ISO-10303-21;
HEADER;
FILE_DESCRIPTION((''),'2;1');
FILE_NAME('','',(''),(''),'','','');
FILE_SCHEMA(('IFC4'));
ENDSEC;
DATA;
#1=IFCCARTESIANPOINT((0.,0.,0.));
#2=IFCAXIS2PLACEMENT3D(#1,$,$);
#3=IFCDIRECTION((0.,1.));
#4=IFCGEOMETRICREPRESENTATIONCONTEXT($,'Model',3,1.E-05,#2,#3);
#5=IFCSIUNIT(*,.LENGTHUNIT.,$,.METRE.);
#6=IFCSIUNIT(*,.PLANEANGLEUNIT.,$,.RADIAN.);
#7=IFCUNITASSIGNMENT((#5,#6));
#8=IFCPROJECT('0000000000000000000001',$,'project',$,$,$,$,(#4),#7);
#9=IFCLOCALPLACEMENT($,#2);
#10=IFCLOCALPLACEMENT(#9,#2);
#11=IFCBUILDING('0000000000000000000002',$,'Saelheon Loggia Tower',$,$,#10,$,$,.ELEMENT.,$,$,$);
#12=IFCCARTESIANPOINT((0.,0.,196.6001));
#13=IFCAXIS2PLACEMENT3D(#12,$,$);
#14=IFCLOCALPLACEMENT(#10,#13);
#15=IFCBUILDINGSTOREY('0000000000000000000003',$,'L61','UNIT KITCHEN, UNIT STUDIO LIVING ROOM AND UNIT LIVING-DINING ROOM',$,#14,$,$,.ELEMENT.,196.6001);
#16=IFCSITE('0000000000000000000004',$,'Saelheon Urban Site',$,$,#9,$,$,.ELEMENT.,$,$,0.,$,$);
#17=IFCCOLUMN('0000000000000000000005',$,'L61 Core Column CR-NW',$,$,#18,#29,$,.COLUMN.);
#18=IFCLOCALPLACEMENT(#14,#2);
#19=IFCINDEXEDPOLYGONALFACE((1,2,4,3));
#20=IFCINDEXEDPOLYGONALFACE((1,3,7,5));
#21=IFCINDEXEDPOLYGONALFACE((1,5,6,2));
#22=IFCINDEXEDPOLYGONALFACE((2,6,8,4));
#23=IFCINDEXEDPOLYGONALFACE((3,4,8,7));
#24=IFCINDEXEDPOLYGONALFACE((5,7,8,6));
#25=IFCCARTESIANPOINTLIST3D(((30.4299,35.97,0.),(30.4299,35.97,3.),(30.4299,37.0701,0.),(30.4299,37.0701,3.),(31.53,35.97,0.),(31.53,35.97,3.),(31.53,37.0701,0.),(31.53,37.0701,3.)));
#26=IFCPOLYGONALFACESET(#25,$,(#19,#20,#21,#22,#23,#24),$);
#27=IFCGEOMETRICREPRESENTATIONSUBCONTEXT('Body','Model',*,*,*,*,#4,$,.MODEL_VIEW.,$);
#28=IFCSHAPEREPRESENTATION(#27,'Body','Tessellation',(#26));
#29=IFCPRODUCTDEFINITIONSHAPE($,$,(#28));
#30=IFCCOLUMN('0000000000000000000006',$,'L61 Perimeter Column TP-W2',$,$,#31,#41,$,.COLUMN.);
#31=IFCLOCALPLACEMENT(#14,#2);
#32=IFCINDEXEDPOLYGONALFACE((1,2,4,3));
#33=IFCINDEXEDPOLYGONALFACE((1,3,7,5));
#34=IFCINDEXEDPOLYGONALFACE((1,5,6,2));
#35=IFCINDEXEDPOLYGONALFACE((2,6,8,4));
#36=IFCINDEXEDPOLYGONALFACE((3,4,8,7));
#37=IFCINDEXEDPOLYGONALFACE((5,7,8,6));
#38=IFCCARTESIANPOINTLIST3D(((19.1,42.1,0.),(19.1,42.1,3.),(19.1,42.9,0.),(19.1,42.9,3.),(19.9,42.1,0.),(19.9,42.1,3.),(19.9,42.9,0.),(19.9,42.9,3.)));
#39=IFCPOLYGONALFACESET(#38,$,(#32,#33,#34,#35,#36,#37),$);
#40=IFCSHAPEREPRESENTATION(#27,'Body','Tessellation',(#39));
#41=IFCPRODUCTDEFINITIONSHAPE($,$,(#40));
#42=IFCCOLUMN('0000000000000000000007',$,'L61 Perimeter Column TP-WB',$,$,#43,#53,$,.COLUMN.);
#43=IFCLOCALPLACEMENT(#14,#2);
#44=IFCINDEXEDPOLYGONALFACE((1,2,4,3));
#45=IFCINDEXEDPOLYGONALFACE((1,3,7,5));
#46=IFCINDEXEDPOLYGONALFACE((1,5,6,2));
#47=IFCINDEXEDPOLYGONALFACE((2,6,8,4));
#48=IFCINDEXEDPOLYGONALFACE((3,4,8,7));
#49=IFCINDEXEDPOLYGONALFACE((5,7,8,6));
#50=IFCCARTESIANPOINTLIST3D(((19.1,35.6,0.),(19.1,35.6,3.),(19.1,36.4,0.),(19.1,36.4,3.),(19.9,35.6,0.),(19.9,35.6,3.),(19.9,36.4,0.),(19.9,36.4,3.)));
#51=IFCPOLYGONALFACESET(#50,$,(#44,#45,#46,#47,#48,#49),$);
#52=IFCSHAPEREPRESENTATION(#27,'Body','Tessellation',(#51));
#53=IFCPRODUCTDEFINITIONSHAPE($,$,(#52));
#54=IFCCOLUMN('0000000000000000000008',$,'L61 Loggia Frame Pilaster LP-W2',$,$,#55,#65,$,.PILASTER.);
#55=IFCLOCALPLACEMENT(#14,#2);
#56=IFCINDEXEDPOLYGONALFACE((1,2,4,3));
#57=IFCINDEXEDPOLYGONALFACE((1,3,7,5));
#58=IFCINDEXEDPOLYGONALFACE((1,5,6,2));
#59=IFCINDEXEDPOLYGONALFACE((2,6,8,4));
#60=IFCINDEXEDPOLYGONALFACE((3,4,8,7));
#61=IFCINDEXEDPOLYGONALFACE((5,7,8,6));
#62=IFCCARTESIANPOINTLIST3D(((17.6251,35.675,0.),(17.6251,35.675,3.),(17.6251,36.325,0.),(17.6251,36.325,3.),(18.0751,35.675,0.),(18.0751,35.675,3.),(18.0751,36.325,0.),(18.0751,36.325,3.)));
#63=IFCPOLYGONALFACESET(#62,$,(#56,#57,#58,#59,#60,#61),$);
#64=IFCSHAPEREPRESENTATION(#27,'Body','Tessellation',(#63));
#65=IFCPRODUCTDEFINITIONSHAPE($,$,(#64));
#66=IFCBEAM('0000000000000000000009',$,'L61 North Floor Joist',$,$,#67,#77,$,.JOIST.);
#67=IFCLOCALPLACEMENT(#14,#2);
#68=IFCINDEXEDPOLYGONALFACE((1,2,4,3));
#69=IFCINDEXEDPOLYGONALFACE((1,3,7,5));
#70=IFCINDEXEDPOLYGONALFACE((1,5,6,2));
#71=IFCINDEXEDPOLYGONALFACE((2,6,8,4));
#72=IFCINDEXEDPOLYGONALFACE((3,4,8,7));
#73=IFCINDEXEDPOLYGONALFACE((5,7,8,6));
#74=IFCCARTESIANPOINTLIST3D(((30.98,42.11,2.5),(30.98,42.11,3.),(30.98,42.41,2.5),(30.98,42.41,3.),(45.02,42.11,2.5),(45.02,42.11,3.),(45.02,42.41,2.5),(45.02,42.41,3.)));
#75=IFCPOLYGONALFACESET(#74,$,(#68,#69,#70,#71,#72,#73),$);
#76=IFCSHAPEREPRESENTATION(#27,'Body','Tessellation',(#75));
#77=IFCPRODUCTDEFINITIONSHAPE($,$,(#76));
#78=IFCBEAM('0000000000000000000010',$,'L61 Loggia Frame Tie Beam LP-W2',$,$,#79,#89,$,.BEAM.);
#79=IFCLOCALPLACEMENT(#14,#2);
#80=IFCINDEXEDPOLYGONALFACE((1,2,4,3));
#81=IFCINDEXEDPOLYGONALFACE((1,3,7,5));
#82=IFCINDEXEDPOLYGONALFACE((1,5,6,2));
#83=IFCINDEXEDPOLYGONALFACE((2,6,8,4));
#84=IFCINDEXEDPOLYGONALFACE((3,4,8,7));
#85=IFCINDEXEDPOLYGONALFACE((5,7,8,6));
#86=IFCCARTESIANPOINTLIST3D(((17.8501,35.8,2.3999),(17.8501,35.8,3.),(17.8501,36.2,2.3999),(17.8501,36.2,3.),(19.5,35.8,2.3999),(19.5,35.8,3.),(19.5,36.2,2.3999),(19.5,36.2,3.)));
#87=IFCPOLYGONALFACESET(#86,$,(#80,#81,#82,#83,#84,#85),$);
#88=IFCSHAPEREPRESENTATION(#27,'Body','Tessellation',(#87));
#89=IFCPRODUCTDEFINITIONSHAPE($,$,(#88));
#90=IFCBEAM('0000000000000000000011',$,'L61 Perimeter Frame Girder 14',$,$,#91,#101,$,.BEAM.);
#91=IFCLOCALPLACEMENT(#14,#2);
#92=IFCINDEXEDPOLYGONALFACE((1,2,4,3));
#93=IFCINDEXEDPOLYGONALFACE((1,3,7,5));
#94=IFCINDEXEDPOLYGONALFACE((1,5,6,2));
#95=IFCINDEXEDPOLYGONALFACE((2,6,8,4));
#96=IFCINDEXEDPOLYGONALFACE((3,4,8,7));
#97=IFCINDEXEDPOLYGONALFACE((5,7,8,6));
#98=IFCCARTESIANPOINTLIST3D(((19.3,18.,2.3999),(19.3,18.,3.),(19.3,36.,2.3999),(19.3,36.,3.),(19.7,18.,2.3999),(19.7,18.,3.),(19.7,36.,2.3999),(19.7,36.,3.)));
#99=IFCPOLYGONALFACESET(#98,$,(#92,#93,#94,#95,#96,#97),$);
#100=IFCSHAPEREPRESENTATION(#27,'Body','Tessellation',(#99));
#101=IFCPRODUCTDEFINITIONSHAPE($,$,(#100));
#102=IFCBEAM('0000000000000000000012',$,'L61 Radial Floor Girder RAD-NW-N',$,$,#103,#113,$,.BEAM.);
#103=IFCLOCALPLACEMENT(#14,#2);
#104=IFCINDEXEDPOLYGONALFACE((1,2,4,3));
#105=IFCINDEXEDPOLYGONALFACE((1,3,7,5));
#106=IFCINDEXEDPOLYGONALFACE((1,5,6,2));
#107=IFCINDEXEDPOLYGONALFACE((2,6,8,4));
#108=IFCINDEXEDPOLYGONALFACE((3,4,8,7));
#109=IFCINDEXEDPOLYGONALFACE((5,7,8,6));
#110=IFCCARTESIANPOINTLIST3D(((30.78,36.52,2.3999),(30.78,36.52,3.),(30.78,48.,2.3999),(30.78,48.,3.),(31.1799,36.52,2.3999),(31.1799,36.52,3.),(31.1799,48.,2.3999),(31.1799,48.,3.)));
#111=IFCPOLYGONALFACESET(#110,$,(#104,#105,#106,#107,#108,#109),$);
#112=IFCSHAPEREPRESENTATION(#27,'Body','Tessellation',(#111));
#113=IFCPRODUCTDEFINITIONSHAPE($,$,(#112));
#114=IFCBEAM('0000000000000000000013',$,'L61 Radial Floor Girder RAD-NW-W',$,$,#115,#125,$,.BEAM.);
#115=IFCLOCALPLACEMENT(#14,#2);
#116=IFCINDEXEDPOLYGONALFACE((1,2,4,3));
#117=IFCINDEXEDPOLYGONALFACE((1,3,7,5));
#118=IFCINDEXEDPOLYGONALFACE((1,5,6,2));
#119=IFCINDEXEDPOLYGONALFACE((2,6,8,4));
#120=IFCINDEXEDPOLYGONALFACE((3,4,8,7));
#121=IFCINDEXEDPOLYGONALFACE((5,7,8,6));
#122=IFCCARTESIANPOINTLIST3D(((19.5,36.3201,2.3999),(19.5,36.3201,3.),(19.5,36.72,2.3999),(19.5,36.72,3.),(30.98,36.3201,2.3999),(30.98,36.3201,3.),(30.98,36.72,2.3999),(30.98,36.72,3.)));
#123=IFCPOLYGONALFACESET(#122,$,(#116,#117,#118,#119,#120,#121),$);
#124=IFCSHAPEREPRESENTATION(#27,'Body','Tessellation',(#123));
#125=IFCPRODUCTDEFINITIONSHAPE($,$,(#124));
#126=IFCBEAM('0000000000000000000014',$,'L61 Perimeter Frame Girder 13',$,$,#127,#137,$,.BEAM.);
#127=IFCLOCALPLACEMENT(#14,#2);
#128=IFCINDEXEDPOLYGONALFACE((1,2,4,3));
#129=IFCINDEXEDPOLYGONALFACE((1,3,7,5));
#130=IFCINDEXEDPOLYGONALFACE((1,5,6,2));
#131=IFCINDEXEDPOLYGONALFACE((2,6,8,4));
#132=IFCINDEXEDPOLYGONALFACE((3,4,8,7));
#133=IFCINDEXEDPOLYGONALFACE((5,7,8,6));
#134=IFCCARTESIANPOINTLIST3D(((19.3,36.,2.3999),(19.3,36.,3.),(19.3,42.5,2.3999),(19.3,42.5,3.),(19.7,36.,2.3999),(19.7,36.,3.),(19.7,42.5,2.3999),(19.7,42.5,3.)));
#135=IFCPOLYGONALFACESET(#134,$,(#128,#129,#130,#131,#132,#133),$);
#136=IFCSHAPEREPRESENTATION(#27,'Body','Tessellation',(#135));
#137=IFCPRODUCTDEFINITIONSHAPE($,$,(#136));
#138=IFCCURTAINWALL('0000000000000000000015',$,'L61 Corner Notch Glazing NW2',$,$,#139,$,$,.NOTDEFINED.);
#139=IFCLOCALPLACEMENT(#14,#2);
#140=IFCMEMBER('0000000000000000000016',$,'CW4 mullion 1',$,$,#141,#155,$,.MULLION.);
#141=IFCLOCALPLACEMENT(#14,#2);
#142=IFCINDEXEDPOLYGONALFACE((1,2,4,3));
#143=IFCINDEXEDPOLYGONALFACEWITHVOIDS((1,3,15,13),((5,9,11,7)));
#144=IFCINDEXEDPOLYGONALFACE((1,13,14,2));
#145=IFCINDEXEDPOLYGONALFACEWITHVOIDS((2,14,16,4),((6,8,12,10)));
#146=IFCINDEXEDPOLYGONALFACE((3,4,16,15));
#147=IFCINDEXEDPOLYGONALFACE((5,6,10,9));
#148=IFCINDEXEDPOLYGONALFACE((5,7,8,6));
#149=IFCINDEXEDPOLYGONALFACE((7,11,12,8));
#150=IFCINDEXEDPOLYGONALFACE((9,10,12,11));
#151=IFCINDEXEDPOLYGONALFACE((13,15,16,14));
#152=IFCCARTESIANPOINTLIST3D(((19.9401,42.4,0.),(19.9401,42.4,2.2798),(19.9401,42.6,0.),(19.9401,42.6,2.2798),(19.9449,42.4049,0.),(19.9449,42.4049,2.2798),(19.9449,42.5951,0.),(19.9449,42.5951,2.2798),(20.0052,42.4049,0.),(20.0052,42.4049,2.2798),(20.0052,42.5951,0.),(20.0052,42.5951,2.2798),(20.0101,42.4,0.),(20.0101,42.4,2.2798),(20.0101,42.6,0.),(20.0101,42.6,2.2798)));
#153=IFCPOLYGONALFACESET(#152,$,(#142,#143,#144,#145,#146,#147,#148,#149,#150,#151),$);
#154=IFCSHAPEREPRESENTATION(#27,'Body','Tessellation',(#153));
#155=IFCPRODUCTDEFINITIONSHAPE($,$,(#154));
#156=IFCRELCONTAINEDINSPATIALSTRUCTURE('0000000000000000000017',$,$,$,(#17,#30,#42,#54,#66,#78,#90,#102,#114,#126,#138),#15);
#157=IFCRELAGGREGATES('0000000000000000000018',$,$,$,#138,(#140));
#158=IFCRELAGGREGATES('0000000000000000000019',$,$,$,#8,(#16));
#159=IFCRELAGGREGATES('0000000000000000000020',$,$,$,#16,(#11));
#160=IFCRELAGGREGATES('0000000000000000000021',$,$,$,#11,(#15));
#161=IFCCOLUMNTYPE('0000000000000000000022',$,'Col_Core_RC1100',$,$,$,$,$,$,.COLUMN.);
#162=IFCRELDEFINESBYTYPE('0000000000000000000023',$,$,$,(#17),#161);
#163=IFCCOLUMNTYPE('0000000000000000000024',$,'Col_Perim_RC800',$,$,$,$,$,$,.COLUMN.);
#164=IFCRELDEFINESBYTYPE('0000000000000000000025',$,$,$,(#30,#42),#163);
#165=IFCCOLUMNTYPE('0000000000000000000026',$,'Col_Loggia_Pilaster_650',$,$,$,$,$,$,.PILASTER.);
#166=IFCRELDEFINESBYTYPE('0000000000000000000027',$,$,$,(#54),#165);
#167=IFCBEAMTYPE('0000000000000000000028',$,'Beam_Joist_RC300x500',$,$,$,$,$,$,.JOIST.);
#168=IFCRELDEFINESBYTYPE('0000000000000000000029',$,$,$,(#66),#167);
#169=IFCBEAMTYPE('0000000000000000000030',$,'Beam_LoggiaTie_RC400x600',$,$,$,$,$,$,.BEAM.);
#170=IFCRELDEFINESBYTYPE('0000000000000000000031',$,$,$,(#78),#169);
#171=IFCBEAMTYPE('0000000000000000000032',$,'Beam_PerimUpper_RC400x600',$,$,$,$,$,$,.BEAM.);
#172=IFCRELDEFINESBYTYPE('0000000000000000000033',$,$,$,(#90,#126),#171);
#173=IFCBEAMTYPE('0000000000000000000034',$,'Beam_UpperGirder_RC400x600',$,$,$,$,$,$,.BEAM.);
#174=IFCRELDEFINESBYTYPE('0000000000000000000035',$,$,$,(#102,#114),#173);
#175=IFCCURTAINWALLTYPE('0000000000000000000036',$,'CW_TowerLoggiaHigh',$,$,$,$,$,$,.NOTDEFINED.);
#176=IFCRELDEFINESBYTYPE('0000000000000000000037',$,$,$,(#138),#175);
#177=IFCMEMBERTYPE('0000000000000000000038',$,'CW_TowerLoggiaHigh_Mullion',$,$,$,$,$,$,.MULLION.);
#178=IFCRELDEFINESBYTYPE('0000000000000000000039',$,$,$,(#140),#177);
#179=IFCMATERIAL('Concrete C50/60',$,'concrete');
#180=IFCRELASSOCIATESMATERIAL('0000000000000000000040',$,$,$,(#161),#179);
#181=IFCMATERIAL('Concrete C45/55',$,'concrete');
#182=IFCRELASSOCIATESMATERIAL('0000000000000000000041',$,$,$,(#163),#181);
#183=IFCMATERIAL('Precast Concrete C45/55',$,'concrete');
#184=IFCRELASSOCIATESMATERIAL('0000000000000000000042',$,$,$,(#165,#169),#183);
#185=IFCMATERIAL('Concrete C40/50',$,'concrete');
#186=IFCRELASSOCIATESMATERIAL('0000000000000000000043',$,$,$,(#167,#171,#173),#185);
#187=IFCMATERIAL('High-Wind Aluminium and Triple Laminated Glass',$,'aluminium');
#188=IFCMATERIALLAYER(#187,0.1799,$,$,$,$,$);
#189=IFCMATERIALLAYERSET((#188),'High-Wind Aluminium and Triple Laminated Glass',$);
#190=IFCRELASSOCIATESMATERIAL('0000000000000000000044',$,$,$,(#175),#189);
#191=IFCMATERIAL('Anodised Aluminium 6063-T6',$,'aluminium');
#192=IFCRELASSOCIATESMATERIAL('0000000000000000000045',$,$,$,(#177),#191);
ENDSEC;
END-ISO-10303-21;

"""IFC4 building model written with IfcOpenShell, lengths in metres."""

from ifc_helpers import new_model, si_unit, direction, frame, origin, origin_2d, place, context, subcontext, project, spatial, rectangle, hollow_rectangle, extrude, source, transform, mapped, material, layer, layer_set, material_profile, profile_set, type_object, element, aggregate, save


model = new_model("IFC4")

# Units and contexts
model_context = context("Model", 3, precision=1e-05, world=origin(), true_north=direction((0.0, 1.0)))
body_context = subcontext(model_context, "Body", "Model", "MODEL_VIEW")
ifc_project = project(units=[si_unit("LENGTHUNIT", "METRE"), si_unit("PLANEANGLEUNIT", "RADIAN")], contexts=[model_context])

# Site, building, storey
site_placement = place(None, origin())
site = spatial("IfcSite", under=ifc_project, at=site_placement, Name="Saelheon Urban Site", CompositionType="ELEMENT", RefElevation=0.0)
building_placement = place(site_placement, origin())
building = spatial("IfcBuilding", under=site, at=building_placement, Name="Saelheon Loggia Tower", CompositionType="ELEMENT")
storey_placement = place(building_placement, frame((0.0, 0.0, 196.6001)))
storey = spatial("IfcBuildingStorey", under=building, at=storey_placement, Name="L61", Description="UNIT KITCHEN, UNIT STUDIO LIVING ROOM AND UNIT LIVING-DINING ROOM", CompositionType="ELEMENT", Elevation=196.6001)

# Columns
ifc_material_1 = material(Name="Concrete C50/60", Category="concrete")
ifc_material_profile_1 = material_profile(ifc_material_1, rectangle(XDim=1.1001, YDim=1.1001, at=origin_2d()), Name="RC-1100x1100")
ifc_profile_set_1 = profile_set([ifc_material_profile_1], Name="Concrete C50/60")
column_type_1 = type_object("IfcColumnType", Name="Col_Core_RC1100", PredefinedType="COLUMN", material=ifc_profile_set_1)
shared_shape_1 = source(origin(), body_context, "Body", "SweptSolid", [
    extrude(rectangle(XDim=1.1001, YDim=1.1001, at=origin_2d()), origin(), (0.0, 0.0, 1.0), 3.0),
])
column_1_placement = place(storey_placement, frame((30.98, 36.52, 0.0), z_axis=(0.0, 0.0, 1.0), x_axis=(1.0, 0.0, 0.0)))
element("IfcColumn", 1, at=column_1_placement, inside=storey, type_object=column_type_1, Name="L61 Core Column CR-NW", PredefinedType="COLUMN", context=body_context, shape_type="MappedRepresentation", body=[
    mapped(shared_shape_1, transform((0.0, 0.0, 0.0), scale=1.0)),
])
ifc_material_2 = material(Name="Concrete C45/55", Category="concrete")
ifc_material_profile_2 = material_profile(ifc_material_2, rectangle(XDim=0.8, YDim=0.8, at=origin_2d()), Name="RC-800x800")
ifc_profile_set_2 = profile_set([ifc_material_profile_2], Name="Concrete C45/55")
column_type_2 = type_object("IfcColumnType", Name="Col_Perim_RC800", PredefinedType="COLUMN", material=ifc_profile_set_2)
shared_shape_2 = source(origin(), body_context, "Body", "SweptSolid", [
    extrude(rectangle(XDim=0.8, YDim=0.8, at=origin_2d()), origin(), (0.0, 0.0, 1.0), 3.0),
])
for number, where, z_axis, x_axis, name in (
    (2, (19.5, 42.5, 0.0), (0.0, 0.0, 1.0), (1.0, 0.0, 0.0), "L61 Perimeter Column TP-W2"),
    (3, (19.5, 36.0, 0.0), (0.0, 0.0, 1.0), (1.0, 0.0, 0.0), "L61 Perimeter Column TP-WB"),
):
    element("IfcColumn", number, at=place(storey_placement, frame(where, z_axis=z_axis, x_axis=x_axis)), inside=storey, type_object=column_type_2, Name=name, PredefinedType="COLUMN", context=body_context, shape_type="MappedRepresentation", body=[
        mapped(shared_shape_2, transform((0.0, 0.0, 0.0), scale=1.0)),
    ])
ifc_material_3 = material(Name="Precast Concrete C45/55", Category="concrete")
ifc_material_profile_3 = material_profile(ifc_material_3, rectangle(XDim=0.45, YDim=0.6499, at=origin_2d()), Name="RC-450x650")
ifc_profile_set_3 = profile_set([ifc_material_profile_3], Name="Precast Concrete C45/55")
column_type_3 = type_object("IfcColumnType", Name="Col_Loggia_Pilaster_650", PredefinedType="PILASTER", material=ifc_profile_set_3)
shared_shape_3 = source(origin(), body_context, "Body", "SweptSolid", [
    extrude(rectangle(XDim=0.45, YDim=0.6499, at=origin_2d()), origin(), (0.0, 0.0, 1.0), 3.0),
])
column_2_placement = place(storey_placement, frame((17.8501, 36.0, 0.0), z_axis=(0.0, 0.0, 1.0), x_axis=(1.0, 0.0, 0.0)))
element("IfcColumn", 4, at=column_2_placement, inside=storey, type_object=column_type_3, Name="L61 Loggia Frame Pilaster LP-W2", PredefinedType="PILASTER", context=body_context, shape_type="MappedRepresentation", body=[
    mapped(shared_shape_3, transform((0.0, 0.0, 0.0), scale=1.0)),
])

# Beams
ifc_material_4 = material(Name="Concrete C40/50", Category="concrete")
ifc_material_profile_4 = material_profile(ifc_material_4, rectangle(XDim=0.3, YDim=0.5, at=origin_2d()), Name="RC-300x500")
ifc_profile_set_4 = profile_set([ifc_material_profile_4], Name="Concrete C40/50")
beam_type_1 = type_object("IfcBeamType", Name="Beam_Joist_RC300x500", PredefinedType="JOIST", material=ifc_profile_set_4)
shared_shape_4 = source(origin(), body_context, "Body", "SweptSolid", [
    extrude(rectangle(XDim=0.3, YDim=0.5, at=origin_2d()), origin(), (0.0, 0.0, 1.0), 14.04),
])
beam_1_placement = place(storey_placement, frame((30.98, 42.26, 2.75), z_axis=(1.0, 0.0, 0.0), x_axis=(0.0, 1.0, 0.0)))
element("IfcBeam", 5, at=beam_1_placement, inside=storey, type_object=beam_type_1, Name="L61 North Floor Joist", PredefinedType="JOIST", context=body_context, shape_type="MappedRepresentation", body=[
    mapped(shared_shape_4, transform((0.0, 0.0, 0.0), scale=1.0)),
])
ifc_material_profile_5 = material_profile(ifc_material_3, rectangle(XDim=0.3999, YDim=0.6001, at=origin_2d()), Name="RC-400x600")
ifc_profile_set_5 = profile_set([ifc_material_profile_5], Name="Precast Concrete C45/55")
beam_type_2 = type_object("IfcBeamType", Name="Beam_LoggiaTie_RC400x600", PredefinedType="BEAM", material=ifc_profile_set_5)
shared_shape_5 = source(origin(), body_context, "Body", "SweptSolid", [
    extrude(rectangle(XDim=0.3999, YDim=0.6001, at=origin_2d()), origin(), (0.0, 0.0, 1.0), 1.6499),
])
beam_2_placement = place(storey_placement, frame((19.5, 36.0, 2.7), z_axis=(-1.0, 0.0, 0.0), x_axis=(0.0, -1.0, 0.0)))
element("IfcBeam", 6, at=beam_2_placement, inside=storey, type_object=beam_type_2, Name="L61 Loggia Frame Tie Beam LP-W2", PredefinedType="BEAM", context=body_context, shape_type="MappedRepresentation", body=[
    mapped(shared_shape_5, transform((0.0, 0.0, 0.0), scale=1.0)),
])
ifc_material_profile_6 = material_profile(ifc_material_4, rectangle(XDim=0.3999, YDim=0.6001, at=origin_2d()), Name="RC-400x600")
ifc_profile_set_6 = profile_set([ifc_material_profile_6], Name="Concrete C40/50")
beam_type_3 = type_object("IfcBeamType", Name="Beam_PerimUpper_RC400x600", PredefinedType="BEAM", material=ifc_profile_set_6)
shared_shape_6 = source(origin(), body_context, "Body", "SweptSolid", [
    extrude(rectangle(XDim=0.3999, YDim=0.6001, at=origin_2d()), origin(), (0.0, 0.0, 1.0), 18.0),
])
beam_3_placement = place(storey_placement, frame((19.5, 36.0, 2.7), z_axis=(0.0, -1.0, 0.0), x_axis=(1.0, 0.0, 0.0)))
element("IfcBeam", 7, at=beam_3_placement, inside=storey, type_object=beam_type_3, Name="L61 Perimeter Frame Girder 14", PredefinedType="BEAM", context=body_context, shape_type="MappedRepresentation", body=[
    mapped(shared_shape_6, transform((0.0, 0.0, 0.0), scale=1.0)),
])
ifc_material_profile_7 = material_profile(ifc_material_4, rectangle(XDim=0.3999, YDim=0.6001, at=origin_2d()), Name="RC-400x600")
ifc_profile_set_7 = profile_set([ifc_material_profile_7], Name="Concrete C40/50")
beam_type_4 = type_object("IfcBeamType", Name="Beam_UpperGirder_RC400x600", PredefinedType="BEAM", material=ifc_profile_set_7)
shared_shape_7 = source(origin(), body_context, "Body", "SweptSolid", [
    extrude(rectangle(XDim=0.3999, YDim=0.6001, at=origin_2d()), origin(), (0.0, 0.0, 1.0), 11.48),
])
for number, where, z_axis, x_axis, name in (
    (8, (30.98, 36.52, 2.7), (0.0, 1.0, 0.0), (-1.0, 0.0, 0.0), "L61 Radial Floor Girder RAD-NW-N"),
    (9, (30.98, 36.52, 2.7), (-1.0, 0.0, 0.0), (0.0, -1.0, 0.0), "L61 Radial Floor Girder RAD-NW-W"),
):
    element("IfcBeam", number, at=place(storey_placement, frame(where, z_axis=z_axis, x_axis=x_axis)), inside=storey, type_object=beam_type_4, Name=name, PredefinedType="BEAM", context=body_context, shape_type="MappedRepresentation", body=[
        mapped(shared_shape_7, transform((0.0, 0.0, 0.0), scale=1.0)),
    ])
shared_shape_8 = source(origin(), body_context, "Body", "SweptSolid", [
    extrude(rectangle(XDim=0.3999, YDim=0.6001, at=origin_2d()), origin(), (0.0, 0.0, 1.0), 6.5),
])
beam_4_placement = place(storey_placement, frame((19.5, 42.5, 2.7), z_axis=(0.0, -1.0, 0.0), x_axis=(1.0, 0.0, 0.0)))
element("IfcBeam", 10, at=beam_4_placement, inside=storey, type_object=beam_type_3, Name="L61 Perimeter Frame Girder 13", PredefinedType="BEAM", context=body_context, shape_type="MappedRepresentation", body=[
    mapped(shared_shape_8, transform((0.0, 0.0, 0.0), scale=1.0)),
])

# Curtain wall, member
ifc_material_5 = material(Name="High-Wind Aluminium and Triple Laminated Glass", Category="aluminium")
ifc_layer_1 = layer(ifc_material_5, 0.1799)
ifc_layer_set_1 = layer_set([ifc_layer_1], Name="High-Wind Aluminium and Triple Laminated Glass")
curtain_wall_type = type_object("IfcCurtainWallType", Name="CW_TowerLoggiaHigh", PredefinedType="NOTDEFINED", material=ifc_layer_set_1)
curtain_wall_placement = place(storey_placement, origin())
curtain_wall = element("IfcCurtainWall", 11, at=curtain_wall_placement, inside=storey, type_object=curtain_wall_type, Name="L61 Corner Notch Glazing NW2", PredefinedType="NOTDEFINED")
ifc_material_6 = material(Name="Anodised Aluminium 6063-T6", Category="aluminium")
ifc_material_profile_8 = material_profile(ifc_material_6, hollow_rectangle(XDim=0.0701, YDim=0.2, WallThickness=0.0049, at=origin_2d()), Name="RHS-200x70x5")
ifc_profile_set_8 = profile_set([ifc_material_profile_8], Name="Anodised Aluminium 6063-T6")
member_type_1 = type_object("IfcMemberType", Name="CW_TowerLoggiaHigh_Mullion", PredefinedType="MULLION", material=ifc_profile_set_8)
shared_shape_9 = source(origin(), body_context, "Body", "SweptSolid", [
    extrude(hollow_rectangle(XDim=0.0701, YDim=0.2, WallThickness=0.0049, at=origin_2d()), origin(), (0.0, 0.0, 1.0), 2.2798),
])
member_1_placement = place(storey_placement, frame((19.9751, 42.5, 0.0), z_axis=(0.0, 0.0, 1.0), x_axis=(1.0, 0.0, 0.0)))
member_1 = element("IfcMember", 12, at=member_1_placement, type_object=member_type_1, Name="CW4 mullion 1", PredefinedType="MULLION", context=body_context, shape_type="MappedRepresentation", body=[
    mapped(shared_shape_9, transform((0.0, 0.0, 0.0), scale=1.0)),
])
aggregate(curtain_wall, [member_1])

save(model, "model.ifc")
